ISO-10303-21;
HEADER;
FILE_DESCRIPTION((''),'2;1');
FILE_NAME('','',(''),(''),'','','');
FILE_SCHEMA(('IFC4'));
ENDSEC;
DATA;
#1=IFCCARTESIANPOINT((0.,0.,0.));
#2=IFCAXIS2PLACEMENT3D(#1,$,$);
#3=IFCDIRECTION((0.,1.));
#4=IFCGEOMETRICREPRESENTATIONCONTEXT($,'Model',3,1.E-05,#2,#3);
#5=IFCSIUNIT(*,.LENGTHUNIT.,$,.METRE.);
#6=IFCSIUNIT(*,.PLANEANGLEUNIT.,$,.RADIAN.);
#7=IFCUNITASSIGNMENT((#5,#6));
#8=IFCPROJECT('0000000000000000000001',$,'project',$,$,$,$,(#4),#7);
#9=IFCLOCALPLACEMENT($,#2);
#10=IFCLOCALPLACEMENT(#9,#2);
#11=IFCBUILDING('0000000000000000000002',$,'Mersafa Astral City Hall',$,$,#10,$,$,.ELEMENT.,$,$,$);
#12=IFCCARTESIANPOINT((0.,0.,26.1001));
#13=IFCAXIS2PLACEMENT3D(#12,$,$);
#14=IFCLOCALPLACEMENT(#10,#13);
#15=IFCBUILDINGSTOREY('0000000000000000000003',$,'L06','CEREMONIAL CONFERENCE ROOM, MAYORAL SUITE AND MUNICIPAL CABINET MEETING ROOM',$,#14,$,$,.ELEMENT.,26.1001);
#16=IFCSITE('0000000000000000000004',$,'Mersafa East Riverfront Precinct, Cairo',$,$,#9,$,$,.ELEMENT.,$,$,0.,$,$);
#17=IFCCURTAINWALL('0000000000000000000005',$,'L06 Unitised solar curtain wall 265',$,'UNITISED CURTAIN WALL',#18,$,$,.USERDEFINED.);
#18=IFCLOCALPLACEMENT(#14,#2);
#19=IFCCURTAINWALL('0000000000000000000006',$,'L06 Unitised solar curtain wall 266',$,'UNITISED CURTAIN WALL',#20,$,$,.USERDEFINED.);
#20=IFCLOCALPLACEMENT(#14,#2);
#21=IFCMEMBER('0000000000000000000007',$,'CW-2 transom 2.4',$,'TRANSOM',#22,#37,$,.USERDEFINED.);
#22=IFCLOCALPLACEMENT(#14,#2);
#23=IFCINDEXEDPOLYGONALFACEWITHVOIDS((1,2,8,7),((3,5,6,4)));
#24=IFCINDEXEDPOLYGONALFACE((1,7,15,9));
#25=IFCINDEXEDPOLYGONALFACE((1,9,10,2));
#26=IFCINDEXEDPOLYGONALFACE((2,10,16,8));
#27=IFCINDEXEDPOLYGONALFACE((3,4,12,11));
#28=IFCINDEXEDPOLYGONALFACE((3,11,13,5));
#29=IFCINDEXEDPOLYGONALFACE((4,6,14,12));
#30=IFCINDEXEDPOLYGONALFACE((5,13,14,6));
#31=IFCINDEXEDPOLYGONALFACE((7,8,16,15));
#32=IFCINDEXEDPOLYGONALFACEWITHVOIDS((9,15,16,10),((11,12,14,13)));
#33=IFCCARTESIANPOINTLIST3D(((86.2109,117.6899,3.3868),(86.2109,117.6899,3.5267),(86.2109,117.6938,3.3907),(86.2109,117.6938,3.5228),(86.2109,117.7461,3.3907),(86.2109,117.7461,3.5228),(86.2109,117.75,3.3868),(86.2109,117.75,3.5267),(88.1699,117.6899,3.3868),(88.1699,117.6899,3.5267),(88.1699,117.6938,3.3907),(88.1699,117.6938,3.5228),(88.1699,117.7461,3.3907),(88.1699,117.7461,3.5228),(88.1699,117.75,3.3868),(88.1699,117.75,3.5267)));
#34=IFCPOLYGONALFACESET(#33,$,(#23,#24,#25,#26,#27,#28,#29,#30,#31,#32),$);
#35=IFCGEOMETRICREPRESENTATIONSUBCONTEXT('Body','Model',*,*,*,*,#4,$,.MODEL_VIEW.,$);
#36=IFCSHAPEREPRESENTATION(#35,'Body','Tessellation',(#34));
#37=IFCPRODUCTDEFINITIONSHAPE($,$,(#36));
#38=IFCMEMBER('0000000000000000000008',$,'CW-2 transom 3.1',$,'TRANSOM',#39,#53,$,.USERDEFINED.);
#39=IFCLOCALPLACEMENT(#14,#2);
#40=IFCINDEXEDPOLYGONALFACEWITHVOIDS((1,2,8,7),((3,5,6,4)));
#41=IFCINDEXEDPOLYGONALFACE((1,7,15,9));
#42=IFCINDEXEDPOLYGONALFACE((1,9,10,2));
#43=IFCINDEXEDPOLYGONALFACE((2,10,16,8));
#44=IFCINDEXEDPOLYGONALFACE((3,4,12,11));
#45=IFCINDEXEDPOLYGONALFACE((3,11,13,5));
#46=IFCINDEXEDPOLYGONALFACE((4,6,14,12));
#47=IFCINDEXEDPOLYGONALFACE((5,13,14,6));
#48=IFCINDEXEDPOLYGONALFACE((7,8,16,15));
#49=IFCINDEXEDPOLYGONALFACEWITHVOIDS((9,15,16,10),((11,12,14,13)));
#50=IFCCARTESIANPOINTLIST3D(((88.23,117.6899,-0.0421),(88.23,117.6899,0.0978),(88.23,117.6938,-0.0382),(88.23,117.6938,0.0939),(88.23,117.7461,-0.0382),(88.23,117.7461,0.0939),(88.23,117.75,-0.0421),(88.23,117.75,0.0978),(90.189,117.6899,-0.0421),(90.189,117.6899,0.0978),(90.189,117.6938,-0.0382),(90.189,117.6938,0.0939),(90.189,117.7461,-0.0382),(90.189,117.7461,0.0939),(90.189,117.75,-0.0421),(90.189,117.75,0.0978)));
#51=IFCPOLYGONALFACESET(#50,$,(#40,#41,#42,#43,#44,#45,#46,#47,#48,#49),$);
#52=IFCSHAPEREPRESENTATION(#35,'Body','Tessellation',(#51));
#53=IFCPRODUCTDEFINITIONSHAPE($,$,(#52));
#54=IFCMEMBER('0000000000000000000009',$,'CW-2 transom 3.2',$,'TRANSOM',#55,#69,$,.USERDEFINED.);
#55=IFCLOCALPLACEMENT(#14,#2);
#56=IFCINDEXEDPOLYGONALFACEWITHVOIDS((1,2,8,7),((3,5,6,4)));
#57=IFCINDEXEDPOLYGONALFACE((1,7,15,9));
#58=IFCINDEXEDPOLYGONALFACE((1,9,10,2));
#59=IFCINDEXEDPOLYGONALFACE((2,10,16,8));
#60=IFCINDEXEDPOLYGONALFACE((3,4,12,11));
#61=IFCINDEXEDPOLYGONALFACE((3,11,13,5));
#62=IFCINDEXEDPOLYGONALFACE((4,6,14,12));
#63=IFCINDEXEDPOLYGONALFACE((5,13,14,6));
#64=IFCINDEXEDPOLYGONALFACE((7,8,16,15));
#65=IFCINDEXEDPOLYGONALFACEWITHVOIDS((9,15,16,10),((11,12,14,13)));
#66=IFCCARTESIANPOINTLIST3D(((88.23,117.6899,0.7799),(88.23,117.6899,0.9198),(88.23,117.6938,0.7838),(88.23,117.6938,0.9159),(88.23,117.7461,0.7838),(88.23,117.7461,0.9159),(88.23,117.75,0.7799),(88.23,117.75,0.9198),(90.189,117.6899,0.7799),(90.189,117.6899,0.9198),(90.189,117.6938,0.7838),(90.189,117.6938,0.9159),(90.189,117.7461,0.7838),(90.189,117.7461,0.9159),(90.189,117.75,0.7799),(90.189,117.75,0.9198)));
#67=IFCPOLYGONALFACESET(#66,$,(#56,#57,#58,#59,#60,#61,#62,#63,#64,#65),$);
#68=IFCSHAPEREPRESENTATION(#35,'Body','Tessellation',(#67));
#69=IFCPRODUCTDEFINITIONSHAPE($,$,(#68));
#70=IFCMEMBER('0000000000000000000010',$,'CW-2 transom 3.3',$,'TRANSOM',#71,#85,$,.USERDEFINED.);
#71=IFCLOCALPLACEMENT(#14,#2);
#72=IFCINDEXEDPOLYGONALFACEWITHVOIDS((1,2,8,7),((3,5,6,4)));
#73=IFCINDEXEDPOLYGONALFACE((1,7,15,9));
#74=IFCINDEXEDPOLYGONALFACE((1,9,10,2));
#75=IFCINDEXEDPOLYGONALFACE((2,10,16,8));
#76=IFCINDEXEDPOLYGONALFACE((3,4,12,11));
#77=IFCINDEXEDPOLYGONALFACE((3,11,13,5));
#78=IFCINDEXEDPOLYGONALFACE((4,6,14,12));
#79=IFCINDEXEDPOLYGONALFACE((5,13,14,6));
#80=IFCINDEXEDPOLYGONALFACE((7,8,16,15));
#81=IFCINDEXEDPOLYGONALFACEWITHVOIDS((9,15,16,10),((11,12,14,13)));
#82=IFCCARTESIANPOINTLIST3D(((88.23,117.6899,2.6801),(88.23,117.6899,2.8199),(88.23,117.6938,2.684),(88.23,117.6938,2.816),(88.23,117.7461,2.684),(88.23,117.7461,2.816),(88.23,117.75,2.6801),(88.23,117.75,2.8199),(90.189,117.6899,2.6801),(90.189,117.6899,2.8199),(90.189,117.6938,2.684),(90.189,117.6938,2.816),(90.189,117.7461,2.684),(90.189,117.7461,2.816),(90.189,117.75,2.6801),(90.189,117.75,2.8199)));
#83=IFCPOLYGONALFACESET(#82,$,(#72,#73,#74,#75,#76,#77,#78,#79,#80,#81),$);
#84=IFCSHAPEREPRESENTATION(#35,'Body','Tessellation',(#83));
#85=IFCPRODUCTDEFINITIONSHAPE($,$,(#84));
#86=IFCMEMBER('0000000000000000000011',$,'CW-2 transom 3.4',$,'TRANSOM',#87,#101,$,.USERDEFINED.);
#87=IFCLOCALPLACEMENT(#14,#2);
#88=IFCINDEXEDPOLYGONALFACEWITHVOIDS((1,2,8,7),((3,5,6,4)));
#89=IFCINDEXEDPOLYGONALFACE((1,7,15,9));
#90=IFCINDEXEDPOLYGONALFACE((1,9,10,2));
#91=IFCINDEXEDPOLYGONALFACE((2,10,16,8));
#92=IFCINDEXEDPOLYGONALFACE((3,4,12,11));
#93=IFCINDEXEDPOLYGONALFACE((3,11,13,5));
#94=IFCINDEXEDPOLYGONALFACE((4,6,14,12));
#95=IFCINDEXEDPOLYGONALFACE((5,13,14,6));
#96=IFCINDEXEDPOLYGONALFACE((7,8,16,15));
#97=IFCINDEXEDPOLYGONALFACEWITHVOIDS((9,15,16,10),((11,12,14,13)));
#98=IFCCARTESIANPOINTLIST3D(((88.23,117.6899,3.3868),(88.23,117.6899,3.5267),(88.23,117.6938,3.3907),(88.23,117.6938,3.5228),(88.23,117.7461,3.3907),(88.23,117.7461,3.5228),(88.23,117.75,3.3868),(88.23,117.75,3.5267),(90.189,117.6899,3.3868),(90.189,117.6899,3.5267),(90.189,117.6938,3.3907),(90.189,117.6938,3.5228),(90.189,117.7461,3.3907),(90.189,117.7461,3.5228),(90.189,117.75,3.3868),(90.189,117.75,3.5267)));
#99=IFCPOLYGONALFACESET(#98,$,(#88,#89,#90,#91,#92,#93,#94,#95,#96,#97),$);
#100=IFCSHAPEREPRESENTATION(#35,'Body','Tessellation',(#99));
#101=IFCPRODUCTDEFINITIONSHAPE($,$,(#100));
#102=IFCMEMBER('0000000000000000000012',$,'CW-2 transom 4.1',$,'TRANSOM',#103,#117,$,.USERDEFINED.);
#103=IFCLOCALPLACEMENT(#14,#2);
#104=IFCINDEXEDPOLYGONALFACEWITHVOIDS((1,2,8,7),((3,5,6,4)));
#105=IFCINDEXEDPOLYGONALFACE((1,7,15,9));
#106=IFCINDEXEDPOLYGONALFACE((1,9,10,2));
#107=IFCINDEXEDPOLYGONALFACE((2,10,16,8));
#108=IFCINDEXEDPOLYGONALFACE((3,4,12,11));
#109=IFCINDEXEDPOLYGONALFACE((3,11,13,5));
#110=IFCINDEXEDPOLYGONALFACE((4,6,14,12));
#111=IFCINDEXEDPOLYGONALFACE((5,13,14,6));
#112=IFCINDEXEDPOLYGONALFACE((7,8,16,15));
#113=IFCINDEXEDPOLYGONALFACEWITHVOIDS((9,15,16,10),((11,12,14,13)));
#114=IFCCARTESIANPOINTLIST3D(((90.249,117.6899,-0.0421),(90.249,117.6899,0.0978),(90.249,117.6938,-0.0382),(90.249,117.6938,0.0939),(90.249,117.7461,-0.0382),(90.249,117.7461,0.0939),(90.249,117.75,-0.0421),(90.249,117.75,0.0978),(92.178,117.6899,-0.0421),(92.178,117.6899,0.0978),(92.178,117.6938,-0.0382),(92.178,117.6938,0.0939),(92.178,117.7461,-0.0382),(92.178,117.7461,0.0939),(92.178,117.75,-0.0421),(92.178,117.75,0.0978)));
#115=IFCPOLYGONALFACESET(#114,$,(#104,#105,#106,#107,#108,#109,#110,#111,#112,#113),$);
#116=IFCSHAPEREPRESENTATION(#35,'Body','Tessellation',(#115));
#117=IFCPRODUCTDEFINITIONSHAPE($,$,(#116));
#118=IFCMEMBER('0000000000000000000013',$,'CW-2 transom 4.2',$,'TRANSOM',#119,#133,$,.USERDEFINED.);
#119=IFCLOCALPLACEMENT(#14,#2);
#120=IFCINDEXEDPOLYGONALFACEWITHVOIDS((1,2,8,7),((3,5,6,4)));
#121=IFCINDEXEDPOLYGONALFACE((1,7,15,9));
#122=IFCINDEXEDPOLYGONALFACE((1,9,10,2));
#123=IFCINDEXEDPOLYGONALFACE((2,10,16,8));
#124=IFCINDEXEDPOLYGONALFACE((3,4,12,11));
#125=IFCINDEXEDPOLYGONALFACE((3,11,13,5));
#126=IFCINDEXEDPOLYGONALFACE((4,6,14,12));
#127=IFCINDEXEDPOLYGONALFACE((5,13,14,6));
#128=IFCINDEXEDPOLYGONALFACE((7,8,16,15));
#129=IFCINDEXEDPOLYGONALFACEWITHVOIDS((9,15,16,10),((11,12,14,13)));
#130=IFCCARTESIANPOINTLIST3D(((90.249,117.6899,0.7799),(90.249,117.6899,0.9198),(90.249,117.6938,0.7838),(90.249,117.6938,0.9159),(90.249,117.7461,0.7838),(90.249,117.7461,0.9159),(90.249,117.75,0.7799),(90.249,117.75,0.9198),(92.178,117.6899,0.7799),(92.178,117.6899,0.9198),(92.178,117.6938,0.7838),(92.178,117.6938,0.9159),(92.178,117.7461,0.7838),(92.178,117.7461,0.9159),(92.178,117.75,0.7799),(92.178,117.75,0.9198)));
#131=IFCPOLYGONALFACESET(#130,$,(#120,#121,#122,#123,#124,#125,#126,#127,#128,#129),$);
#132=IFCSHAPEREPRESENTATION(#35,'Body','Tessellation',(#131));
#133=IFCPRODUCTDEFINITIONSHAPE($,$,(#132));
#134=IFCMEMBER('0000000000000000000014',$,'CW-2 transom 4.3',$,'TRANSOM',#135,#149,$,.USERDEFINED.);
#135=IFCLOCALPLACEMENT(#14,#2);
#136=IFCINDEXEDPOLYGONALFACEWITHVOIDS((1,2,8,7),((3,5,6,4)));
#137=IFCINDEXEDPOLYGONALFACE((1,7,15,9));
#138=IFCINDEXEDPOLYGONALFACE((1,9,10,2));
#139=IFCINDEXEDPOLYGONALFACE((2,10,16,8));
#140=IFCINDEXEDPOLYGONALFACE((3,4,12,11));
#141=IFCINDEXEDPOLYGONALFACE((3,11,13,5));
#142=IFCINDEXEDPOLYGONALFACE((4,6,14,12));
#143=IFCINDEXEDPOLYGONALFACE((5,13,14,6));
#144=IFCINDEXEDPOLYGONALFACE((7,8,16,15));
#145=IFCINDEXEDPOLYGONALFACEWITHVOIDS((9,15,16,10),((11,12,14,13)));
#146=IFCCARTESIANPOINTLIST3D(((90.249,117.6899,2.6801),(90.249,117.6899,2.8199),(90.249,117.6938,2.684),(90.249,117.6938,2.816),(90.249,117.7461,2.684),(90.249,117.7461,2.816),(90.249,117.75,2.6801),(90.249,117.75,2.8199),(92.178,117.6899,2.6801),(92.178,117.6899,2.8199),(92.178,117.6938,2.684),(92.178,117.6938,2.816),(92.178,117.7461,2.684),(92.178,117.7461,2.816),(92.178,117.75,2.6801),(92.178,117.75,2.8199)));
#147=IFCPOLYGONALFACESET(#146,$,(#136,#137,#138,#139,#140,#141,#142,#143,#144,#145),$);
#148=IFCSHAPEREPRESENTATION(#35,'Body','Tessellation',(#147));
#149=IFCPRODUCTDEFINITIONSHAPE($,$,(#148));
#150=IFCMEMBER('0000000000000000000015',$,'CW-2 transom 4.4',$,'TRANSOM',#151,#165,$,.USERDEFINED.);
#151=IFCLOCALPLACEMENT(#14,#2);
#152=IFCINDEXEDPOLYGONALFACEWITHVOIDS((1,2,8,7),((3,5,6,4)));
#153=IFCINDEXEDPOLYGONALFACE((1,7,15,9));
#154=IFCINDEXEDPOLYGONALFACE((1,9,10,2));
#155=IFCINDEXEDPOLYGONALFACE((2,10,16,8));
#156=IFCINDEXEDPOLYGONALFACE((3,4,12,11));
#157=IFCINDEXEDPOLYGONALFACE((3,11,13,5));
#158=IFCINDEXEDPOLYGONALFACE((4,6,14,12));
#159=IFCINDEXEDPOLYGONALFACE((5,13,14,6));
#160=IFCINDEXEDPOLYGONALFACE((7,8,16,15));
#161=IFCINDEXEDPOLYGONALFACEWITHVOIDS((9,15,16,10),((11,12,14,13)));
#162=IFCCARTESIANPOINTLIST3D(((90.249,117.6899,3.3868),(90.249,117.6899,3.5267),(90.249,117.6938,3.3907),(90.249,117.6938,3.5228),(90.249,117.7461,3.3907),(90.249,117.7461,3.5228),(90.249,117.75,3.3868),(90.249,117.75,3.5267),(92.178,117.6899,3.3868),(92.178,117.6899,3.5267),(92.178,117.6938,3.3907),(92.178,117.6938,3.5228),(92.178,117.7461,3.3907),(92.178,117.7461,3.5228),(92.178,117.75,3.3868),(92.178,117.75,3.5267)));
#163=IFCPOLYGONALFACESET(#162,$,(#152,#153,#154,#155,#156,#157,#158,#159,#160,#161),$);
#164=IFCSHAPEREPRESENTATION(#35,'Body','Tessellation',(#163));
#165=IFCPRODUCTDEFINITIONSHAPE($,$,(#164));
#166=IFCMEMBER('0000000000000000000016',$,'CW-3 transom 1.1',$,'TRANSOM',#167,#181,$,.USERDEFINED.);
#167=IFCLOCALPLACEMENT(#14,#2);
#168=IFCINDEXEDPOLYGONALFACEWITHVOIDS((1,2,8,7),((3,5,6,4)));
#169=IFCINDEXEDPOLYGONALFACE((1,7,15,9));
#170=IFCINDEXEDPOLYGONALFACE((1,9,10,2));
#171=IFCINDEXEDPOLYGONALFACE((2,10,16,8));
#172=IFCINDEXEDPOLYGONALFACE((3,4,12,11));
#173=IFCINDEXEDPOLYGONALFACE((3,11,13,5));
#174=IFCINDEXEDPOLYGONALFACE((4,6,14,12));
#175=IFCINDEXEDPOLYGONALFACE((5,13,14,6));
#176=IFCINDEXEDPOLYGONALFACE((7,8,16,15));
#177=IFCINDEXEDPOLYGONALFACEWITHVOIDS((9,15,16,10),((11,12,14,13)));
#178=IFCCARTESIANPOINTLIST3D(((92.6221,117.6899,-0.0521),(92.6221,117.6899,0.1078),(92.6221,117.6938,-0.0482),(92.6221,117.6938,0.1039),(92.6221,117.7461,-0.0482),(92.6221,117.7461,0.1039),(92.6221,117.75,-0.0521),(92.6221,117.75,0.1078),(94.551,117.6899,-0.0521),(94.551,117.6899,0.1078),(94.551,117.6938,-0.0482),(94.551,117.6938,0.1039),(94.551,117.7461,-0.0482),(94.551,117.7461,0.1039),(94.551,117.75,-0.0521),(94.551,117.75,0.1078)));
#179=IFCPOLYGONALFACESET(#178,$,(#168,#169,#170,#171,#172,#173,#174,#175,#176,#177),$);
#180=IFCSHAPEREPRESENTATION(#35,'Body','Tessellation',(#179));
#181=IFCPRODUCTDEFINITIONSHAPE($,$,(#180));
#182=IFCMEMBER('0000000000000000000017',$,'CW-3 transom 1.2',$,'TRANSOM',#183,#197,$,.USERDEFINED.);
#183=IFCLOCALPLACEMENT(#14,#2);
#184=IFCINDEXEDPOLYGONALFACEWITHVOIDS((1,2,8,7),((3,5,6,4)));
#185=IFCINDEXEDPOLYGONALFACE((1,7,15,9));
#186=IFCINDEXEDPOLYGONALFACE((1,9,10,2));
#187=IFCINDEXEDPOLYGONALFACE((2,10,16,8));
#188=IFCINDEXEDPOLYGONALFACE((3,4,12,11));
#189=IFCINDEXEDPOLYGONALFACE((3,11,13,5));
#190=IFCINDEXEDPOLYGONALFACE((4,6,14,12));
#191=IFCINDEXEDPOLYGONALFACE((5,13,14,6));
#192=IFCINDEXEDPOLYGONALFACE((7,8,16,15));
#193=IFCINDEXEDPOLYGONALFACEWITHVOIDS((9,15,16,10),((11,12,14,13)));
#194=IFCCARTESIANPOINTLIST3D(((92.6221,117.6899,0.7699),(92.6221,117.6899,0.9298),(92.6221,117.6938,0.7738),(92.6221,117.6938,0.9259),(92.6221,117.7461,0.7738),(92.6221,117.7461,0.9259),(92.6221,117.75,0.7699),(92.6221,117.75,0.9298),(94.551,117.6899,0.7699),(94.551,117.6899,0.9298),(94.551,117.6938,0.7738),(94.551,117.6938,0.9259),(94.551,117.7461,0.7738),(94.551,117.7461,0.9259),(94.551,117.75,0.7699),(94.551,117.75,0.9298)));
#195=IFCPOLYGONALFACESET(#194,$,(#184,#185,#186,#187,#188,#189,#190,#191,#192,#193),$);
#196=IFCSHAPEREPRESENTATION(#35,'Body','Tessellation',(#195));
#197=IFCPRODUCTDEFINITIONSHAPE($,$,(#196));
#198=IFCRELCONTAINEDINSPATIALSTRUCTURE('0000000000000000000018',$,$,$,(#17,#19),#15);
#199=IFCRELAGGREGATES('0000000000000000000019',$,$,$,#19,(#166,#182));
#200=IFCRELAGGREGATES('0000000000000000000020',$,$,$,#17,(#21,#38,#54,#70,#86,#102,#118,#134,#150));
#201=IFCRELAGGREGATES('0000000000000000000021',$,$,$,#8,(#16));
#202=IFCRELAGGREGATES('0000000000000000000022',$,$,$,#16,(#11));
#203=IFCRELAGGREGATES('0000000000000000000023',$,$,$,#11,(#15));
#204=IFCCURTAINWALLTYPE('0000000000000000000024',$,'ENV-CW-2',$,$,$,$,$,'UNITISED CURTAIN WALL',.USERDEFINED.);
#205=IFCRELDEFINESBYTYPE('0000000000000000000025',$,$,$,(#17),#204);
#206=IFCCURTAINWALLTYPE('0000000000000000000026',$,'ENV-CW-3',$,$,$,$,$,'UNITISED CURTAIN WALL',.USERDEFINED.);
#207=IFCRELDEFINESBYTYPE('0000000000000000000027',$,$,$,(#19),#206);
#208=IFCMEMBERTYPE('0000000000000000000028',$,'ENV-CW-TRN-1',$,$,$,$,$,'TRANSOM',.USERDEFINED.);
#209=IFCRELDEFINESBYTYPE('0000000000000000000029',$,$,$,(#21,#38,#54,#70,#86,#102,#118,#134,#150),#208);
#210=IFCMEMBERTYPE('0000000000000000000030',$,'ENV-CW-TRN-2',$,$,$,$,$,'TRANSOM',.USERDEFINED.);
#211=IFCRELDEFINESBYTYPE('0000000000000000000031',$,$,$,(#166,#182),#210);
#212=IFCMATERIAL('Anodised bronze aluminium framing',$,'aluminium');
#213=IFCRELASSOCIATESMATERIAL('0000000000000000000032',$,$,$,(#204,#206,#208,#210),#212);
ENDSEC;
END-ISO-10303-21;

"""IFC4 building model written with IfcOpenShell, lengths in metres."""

from ifc_helpers import new_model, si_unit, direction, frame, origin, origin_2d, place, context, subcontext, project, spatial, hollow_rectangle, extrude, material, material_profile, profile_set, type_object, element, aggregate, save


model = new_model("IFC4")

# Units and contexts
model_context = context("Model", 3, precision=1e-05, world=origin(), true_north=direction((0.0, 1.0)))
body_context = subcontext(model_context, "Body", "Model", "MODEL_VIEW")
ifc_project = project(units=[si_unit("LENGTHUNIT", "METRE"), si_unit("PLANEANGLEUNIT", "RADIAN")], contexts=[model_context])

# Site, building, storey
site_placement = place(None, origin())
site = spatial("IfcSite", under=ifc_project, at=site_placement, Name="Mersafa East Riverfront Precinct, Cairo", CompositionType="ELEMENT", RefElevation=0.0)
building_placement = place(site_placement, origin())
building = spatial("IfcBuilding", under=site, at=building_placement, Name="Mersafa Astral City Hall", CompositionType="ELEMENT")
storey_placement = place(building_placement, frame((0.0, 0.0, 26.1001)))
storey = spatial("IfcBuildingStorey", under=building, at=storey_placement, Name="L06", Description="CEREMONIAL CONFERENCE ROOM, MAYORAL SUITE AND MUNICIPAL CABINET MEETING ROOM", CompositionType="ELEMENT", Elevation=26.1001)

# Curtain wall
ifc_material_1 = material(Name="Anodised bronze aluminium framing", Category="aluminium")
curtain_wall_type_1 = type_object("IfcCurtainWallType", Name="ENV-CW-2", ElementType="UNITISED CURTAIN WALL", PredefinedType="USERDEFINED", material=ifc_material_1)
curtain_wall_1_placement = place(storey_placement, origin())
curtain_wall_1 = element("IfcCurtainWall", 1, at=curtain_wall_1_placement, inside=storey, type_object=curtain_wall_type_1, Name="L06 Unitised solar curtain wall 265", ObjectType="UNITISED CURTAIN WALL", PredefinedType="USERDEFINED")

# Curtain wall
curtain_wall_type_2 = type_object("IfcCurtainWallType", Name="ENV-CW-3", ElementType="UNITISED CURTAIN WALL", PredefinedType="USERDEFINED", material=ifc_material_1)
curtain_wall_2_placement = place(storey_placement, origin())
curtain_wall_2 = element("IfcCurtainWall", 2, at=curtain_wall_2_placement, inside=storey, type_object=curtain_wall_type_2, Name="L06 Unitised solar curtain wall 266", ObjectType="UNITISED CURTAIN WALL", PredefinedType="USERDEFINED")

# Members
ifc_material_profile_1 = material_profile(ifc_material_1, hollow_rectangle(XDim=0.0601, YDim=0.1399, WallThickness=0.0039, at=origin_2d()), Name="RHS 60x140x4")
ifc_profile_set_1 = profile_set([ifc_material_profile_1], Name="Anodised bronze aluminium framing")
member_type_1 = type_object("IfcMemberType", Name="ENV-CW-TRN-1", ElementType="TRANSOM", PredefinedType="USERDEFINED", material=ifc_profile_set_1)
member_1_placement = place(storey_placement, frame((86.2109, 117.72, 3.4568), z_axis=(1.0, 0.0, 0.0), x_axis=(0.0, 1.0, 0.0)))
member_1 = element("IfcMember", 3, at=member_1_placement, type_object=member_type_1, Name="CW-2 transom 2.4", ObjectType="TRANSOM", PredefinedType="USERDEFINED", context=body_context, shape_type="SweptSolid", body=[
    extrude(hollow_rectangle(XDim=0.0601, YDim=0.1399, WallThickness=0.0039, at=origin_2d()), origin(), (0.0, 0.0, 1.0), 1.959),
])
member_2_placement = place(storey_placement, frame((88.23, 117.72, 0.0278), z_axis=(1.0, 0.0, 0.0), x_axis=(0.0, 1.0, 0.0)))
member_2 = element("IfcMember", 4, at=member_2_placement, type_object=member_type_1, Name="CW-2 transom 3.1", ObjectType="TRANSOM", PredefinedType="USERDEFINED", context=body_context, shape_type="SweptSolid", body=[
    extrude(hollow_rectangle(XDim=0.0601, YDim=0.1399, WallThickness=0.0039, at=origin_2d()), origin(), (0.0, 0.0, 1.0), 1.959),
])
member_3_placement = place(storey_placement, frame((88.23, 117.72, 0.8499), z_axis=(1.0, 0.0, 0.0), x_axis=(0.0, 1.0, 0.0)))
member_3 = element("IfcMember", 5, at=member_3_placement, type_object=member_type_1, Name="CW-2 transom 3.2", ObjectType="TRANSOM", PredefinedType="USERDEFINED", context=body_context, shape_type="SweptSolid", body=[
    extrude(hollow_rectangle(XDim=0.0601, YDim=0.1399, WallThickness=0.0039, at=origin_2d()), origin(), (0.0, 0.0, 1.0), 1.959),
])
member_4_placement = place(storey_placement, frame((88.23, 117.72, 2.75), z_axis=(1.0, 0.0, 0.0), x_axis=(0.0, 1.0, 0.0)))
member_4 = element("IfcMember", 6, at=member_4_placement, type_object=member_type_1, Name="CW-2 transom 3.3", ObjectType="TRANSOM", PredefinedType="USERDEFINED", context=body_context, shape_type="SweptSolid", body=[
    extrude(hollow_rectangle(XDim=0.0601, YDim=0.1399, WallThickness=0.0039, at=origin_2d()), origin(), (0.0, 0.0, 1.0), 1.959),
])
member_5_placement = place(storey_placement, frame((88.23, 117.72, 3.4568), z_axis=(1.0, 0.0, 0.0), x_axis=(0.0, 1.0, 0.0)))
member_5 = element("IfcMember", 7, at=member_5_placement, type_object=member_type_1, Name="CW-2 transom 3.4", ObjectType="TRANSOM", PredefinedType="USERDEFINED", context=body_context, shape_type="SweptSolid", body=[
    extrude(hollow_rectangle(XDim=0.0601, YDim=0.1399, WallThickness=0.0039, at=origin_2d()), origin(), (0.0, 0.0, 1.0), 1.959),
])
member_6_placement = place(storey_placement, frame((90.249, 117.72, 0.0278), z_axis=(1.0, 0.0, 0.0), x_axis=(0.0, 1.0, 0.0)))
member_6 = element("IfcMember", 8, at=member_6_placement, type_object=member_type_1, Name="CW-2 transom 4.1", ObjectType="TRANSOM", PredefinedType="USERDEFINED", context=body_context, shape_type="SweptSolid", body=[
    extrude(hollow_rectangle(XDim=0.0601, YDim=0.1399, WallThickness=0.0039, at=origin_2d()), origin(), (0.0, 0.0, 1.0), 1.929),
])
member_7_placement = place(storey_placement, frame((90.249, 117.72, 0.8499), z_axis=(1.0, 0.0, 0.0), x_axis=(0.0, 1.0, 0.0)))
member_7 = element("IfcMember", 9, at=member_7_placement, type_object=member_type_1, Name="CW-2 transom 4.2", ObjectType="TRANSOM", PredefinedType="USERDEFINED", context=body_context, shape_type="SweptSolid", body=[
    extrude(hollow_rectangle(XDim=0.0601, YDim=0.1399, WallThickness=0.0039, at=origin_2d()), origin(), (0.0, 0.0, 1.0), 1.929),
])
member_8_placement = place(storey_placement, frame((90.249, 117.72, 2.75), z_axis=(1.0, 0.0, 0.0), x_axis=(0.0, 1.0, 0.0)))
member_8 = element("IfcMember", 10, at=member_8_placement, type_object=member_type_1, Name="CW-2 transom 4.3", ObjectType="TRANSOM", PredefinedType="USERDEFINED", context=body_context, shape_type="SweptSolid", body=[
    extrude(hollow_rectangle(XDim=0.0601, YDim=0.1399, WallThickness=0.0039, at=origin_2d()), origin(), (0.0, 0.0, 1.0), 1.929),
])
member_9_placement = place(storey_placement, frame((90.249, 117.72, 3.4568), z_axis=(1.0, 0.0, 0.0), x_axis=(0.0, 1.0, 0.0)))
member_9 = element("IfcMember", 11, at=member_9_placement, type_object=member_type_1, Name="CW-2 transom 4.4", ObjectType="TRANSOM", PredefinedType="USERDEFINED", context=body_context, shape_type="SweptSolid", body=[
    extrude(hollow_rectangle(XDim=0.0601, YDim=0.1399, WallThickness=0.0039, at=origin_2d()), origin(), (0.0, 0.0, 1.0), 1.929),
])
ifc_material_profile_2 = material_profile(ifc_material_1, hollow_rectangle(XDim=0.0601, YDim=0.1599, WallThickness=0.0039, at=origin_2d()), Name="RHS 60x160x4")
ifc_profile_set_2 = profile_set([ifc_material_profile_2], Name="Anodised bronze aluminium framing")
member_type_2 = type_object("IfcMemberType", Name="ENV-CW-TRN-2", ElementType="TRANSOM", PredefinedType="USERDEFINED", material=ifc_profile_set_2)
member_10_placement = place(storey_placement, frame((92.6221, 117.72, 0.0278), z_axis=(1.0, 0.0, 0.0), x_axis=(0.0, 1.0, 0.0)))
member_10 = element("IfcMember", 12, at=member_10_placement, type_object=member_type_2, Name="CW-3 transom 1.1", ObjectType="TRANSOM", PredefinedType="USERDEFINED", context=body_context, shape_type="SweptSolid", body=[
    extrude(hollow_rectangle(XDim=0.0601, YDim=0.1599, WallThickness=0.0039, at=origin_2d()), origin(), (0.0, 0.0, 1.0), 1.929),
])
member_11_placement = place(storey_placement, frame((92.6221, 117.72, 0.8499), z_axis=(1.0, 0.0, 0.0), x_axis=(0.0, 1.0, 0.0)))
member_11 = element("IfcMember", 13, at=member_11_placement, type_object=member_type_2, Name="CW-3 transom 1.2", ObjectType="TRANSOM", PredefinedType="USERDEFINED", context=body_context, shape_type="SweptSolid", body=[
    extrude(hollow_rectangle(XDim=0.0601, YDim=0.1599, WallThickness=0.0039, at=origin_2d()), origin(), (0.0, 0.0, 1.0), 1.929),
])
aggregate(curtain_wall_2, [member_10, member_11])

aggregate(curtain_wall_1, [member_1, member_2, member_3, member_4, member_5, member_6, member_7, member_8, member_9])

save(model, "model.ifc")
